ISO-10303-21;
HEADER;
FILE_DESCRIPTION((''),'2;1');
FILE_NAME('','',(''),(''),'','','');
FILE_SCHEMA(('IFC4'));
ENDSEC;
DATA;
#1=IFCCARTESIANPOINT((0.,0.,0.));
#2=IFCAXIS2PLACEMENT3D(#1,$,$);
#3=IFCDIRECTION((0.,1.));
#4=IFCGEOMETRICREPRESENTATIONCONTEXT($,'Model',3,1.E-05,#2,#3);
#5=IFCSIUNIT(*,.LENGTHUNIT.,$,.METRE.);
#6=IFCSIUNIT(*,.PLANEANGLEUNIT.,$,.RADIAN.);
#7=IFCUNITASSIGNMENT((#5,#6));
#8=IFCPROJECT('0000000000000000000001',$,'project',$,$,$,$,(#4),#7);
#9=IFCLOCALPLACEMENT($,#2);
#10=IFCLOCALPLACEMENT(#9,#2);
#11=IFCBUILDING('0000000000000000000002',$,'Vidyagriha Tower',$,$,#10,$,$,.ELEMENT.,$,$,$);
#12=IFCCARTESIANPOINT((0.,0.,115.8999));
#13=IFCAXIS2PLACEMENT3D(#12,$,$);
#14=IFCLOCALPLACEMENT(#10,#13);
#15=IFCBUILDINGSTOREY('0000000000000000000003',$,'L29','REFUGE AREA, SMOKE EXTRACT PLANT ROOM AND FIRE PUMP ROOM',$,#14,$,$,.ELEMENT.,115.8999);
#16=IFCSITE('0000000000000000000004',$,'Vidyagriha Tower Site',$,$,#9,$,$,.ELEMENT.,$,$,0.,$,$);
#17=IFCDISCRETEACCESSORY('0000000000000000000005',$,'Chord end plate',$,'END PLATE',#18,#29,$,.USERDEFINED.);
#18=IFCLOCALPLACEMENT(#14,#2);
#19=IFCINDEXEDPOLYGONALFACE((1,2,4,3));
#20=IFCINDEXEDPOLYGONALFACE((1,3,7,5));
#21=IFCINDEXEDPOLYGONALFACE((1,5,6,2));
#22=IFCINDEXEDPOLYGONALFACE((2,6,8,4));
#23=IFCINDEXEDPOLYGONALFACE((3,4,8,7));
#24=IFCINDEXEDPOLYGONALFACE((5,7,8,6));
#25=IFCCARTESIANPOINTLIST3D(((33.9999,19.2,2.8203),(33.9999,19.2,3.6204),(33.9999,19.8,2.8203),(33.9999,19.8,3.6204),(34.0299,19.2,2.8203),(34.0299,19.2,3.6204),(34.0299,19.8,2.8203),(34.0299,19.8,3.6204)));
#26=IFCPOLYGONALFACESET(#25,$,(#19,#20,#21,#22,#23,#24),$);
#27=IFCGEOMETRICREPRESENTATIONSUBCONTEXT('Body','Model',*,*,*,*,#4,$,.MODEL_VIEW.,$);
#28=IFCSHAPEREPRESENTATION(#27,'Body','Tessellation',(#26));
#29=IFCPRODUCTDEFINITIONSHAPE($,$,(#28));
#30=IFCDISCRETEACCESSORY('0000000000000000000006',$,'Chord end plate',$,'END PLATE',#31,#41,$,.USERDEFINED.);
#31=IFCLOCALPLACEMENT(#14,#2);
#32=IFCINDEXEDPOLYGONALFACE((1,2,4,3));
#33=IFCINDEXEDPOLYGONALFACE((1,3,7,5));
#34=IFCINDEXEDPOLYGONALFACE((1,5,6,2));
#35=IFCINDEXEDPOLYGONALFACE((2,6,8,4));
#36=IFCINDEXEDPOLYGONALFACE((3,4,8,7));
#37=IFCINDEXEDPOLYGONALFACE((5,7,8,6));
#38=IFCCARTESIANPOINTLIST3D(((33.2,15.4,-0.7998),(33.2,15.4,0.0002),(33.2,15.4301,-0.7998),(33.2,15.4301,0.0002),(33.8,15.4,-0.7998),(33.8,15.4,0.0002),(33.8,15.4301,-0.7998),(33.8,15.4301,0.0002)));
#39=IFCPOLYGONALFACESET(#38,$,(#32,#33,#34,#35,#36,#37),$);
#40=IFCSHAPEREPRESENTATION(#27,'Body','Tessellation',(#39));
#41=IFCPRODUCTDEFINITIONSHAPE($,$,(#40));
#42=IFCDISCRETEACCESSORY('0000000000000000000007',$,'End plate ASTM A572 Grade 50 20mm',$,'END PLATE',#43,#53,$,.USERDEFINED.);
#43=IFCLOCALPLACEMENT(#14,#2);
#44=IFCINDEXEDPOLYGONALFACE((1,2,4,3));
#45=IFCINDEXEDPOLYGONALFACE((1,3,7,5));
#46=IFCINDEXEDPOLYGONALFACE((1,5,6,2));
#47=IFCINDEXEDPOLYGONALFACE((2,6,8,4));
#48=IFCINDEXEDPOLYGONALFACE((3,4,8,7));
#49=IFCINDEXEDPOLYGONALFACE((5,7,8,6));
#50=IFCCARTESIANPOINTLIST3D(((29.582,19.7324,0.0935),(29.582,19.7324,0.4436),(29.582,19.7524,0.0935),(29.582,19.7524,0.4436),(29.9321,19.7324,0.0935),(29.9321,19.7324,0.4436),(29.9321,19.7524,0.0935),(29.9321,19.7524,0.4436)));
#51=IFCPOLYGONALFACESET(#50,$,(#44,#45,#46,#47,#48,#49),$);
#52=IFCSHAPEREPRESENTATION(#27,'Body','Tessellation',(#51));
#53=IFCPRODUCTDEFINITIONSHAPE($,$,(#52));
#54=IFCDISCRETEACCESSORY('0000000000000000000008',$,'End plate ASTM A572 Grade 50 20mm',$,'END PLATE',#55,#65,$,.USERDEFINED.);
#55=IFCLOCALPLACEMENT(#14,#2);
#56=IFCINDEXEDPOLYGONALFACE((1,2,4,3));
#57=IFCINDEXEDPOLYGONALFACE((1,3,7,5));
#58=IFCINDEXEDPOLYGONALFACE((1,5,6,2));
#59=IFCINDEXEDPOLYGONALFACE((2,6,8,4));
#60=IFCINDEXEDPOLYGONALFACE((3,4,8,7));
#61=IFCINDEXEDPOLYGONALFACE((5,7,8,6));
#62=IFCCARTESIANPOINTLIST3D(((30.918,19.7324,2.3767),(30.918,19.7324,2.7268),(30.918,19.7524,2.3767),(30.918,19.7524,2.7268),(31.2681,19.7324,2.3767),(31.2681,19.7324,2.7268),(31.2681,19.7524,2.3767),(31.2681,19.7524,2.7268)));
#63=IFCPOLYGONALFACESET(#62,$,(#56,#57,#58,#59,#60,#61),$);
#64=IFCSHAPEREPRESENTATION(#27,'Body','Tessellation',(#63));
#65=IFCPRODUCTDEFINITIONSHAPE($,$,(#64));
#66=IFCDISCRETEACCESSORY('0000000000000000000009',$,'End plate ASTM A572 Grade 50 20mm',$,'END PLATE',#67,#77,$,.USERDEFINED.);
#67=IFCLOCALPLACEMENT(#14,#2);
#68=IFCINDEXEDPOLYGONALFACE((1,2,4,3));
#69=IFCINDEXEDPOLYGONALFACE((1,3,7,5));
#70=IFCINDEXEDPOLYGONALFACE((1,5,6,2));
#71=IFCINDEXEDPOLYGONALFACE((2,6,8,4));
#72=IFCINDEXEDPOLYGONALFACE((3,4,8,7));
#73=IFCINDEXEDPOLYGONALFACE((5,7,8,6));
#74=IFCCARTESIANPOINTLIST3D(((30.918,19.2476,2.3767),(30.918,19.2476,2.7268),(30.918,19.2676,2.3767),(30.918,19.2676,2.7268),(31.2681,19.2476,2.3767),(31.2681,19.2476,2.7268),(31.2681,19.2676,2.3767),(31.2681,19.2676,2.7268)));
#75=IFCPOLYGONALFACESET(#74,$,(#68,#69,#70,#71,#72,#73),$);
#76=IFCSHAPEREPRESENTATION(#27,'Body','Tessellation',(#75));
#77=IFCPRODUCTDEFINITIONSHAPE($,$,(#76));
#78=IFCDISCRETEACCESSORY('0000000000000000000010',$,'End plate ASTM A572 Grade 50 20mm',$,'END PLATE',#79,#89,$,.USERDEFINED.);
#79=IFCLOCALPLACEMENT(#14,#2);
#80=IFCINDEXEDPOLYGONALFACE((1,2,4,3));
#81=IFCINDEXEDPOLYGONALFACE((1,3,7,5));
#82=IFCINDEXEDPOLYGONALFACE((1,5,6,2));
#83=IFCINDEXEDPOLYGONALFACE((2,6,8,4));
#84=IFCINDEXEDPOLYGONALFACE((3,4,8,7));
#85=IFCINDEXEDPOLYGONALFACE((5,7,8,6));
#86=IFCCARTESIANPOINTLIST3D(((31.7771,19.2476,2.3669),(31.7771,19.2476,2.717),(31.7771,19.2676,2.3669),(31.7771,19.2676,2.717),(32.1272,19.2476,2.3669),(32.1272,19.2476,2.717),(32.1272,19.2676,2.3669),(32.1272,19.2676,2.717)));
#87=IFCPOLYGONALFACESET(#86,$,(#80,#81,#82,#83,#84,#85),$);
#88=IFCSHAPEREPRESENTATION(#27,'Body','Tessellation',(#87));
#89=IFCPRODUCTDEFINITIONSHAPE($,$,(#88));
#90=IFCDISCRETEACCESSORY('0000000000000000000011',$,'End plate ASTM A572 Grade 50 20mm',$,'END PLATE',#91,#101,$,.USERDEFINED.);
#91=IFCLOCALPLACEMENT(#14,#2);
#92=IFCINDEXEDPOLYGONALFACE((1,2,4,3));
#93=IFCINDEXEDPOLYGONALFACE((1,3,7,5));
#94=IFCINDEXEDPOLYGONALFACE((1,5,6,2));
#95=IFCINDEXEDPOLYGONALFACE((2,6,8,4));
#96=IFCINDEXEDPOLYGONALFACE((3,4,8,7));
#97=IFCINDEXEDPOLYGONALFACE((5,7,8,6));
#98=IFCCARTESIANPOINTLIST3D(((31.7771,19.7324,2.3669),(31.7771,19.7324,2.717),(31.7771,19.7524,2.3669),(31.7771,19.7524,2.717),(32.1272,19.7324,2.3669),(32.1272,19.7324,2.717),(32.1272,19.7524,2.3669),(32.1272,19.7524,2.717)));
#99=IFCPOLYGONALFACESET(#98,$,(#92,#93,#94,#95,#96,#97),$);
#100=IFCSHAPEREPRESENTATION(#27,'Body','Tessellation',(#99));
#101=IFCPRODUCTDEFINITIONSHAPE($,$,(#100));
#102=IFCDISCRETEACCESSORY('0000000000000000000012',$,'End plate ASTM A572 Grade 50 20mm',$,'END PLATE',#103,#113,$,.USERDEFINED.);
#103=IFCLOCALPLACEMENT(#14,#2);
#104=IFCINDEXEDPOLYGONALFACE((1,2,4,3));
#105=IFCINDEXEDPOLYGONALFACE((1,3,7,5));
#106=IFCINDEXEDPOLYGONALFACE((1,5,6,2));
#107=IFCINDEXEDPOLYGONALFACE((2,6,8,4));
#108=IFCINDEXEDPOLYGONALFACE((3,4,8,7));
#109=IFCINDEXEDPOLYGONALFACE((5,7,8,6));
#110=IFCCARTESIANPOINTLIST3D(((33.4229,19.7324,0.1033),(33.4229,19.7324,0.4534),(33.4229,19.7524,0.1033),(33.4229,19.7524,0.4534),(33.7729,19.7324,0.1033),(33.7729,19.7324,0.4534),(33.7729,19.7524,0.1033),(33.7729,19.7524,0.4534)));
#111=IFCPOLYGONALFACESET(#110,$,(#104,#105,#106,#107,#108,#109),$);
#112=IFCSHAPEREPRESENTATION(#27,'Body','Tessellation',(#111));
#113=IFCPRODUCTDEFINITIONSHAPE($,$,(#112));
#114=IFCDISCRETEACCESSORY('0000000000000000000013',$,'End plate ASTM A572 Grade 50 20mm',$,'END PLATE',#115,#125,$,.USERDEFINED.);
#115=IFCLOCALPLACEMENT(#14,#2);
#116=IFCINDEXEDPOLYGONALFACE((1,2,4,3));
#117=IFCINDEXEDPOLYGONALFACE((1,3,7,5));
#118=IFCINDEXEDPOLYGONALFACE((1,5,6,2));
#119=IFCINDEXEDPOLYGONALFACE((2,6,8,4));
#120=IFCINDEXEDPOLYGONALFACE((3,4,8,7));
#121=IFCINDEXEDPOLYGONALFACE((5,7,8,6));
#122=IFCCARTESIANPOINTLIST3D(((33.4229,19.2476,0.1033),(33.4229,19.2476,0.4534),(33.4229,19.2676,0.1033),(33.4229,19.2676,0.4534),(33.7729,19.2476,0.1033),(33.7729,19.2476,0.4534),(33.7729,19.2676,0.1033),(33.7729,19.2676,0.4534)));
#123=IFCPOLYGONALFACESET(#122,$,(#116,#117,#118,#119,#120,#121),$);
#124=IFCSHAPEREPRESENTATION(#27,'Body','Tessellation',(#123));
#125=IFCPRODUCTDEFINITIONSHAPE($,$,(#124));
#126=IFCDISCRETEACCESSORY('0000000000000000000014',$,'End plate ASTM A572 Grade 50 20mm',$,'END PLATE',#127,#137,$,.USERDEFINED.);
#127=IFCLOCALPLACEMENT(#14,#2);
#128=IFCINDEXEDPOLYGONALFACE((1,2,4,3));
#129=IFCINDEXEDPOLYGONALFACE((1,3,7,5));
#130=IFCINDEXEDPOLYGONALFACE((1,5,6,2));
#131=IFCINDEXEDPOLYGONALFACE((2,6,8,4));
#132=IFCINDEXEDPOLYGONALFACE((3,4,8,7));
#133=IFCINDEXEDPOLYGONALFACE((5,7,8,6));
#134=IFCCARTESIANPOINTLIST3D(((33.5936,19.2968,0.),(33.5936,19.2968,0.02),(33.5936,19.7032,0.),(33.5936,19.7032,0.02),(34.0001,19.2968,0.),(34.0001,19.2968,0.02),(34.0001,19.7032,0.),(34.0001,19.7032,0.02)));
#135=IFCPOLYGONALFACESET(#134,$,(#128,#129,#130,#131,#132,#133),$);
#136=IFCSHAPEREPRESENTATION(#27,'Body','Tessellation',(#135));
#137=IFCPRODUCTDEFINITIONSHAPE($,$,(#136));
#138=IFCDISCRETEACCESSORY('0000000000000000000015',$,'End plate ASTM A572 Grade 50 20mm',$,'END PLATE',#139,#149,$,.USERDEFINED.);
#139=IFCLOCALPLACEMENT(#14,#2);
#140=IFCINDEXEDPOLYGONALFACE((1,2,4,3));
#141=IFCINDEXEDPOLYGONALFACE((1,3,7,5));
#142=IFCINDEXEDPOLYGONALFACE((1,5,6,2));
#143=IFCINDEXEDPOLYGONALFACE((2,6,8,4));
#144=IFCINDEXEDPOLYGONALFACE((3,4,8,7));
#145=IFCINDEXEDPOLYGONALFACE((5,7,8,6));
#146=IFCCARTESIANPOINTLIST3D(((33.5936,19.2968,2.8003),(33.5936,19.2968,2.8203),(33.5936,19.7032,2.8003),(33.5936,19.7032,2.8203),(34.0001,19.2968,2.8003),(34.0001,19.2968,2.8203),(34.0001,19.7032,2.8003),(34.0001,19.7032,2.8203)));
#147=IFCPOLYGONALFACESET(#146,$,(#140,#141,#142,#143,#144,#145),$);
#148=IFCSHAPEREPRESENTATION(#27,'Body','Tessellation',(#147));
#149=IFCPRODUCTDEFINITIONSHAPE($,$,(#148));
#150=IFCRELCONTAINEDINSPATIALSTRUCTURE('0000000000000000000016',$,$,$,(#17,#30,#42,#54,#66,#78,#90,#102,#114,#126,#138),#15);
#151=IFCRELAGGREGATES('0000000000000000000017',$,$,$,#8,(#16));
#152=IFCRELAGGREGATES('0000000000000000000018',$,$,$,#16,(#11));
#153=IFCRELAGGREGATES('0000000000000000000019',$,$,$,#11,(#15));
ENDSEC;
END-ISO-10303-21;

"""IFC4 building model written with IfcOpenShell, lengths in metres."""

from ifc_helpers import new_model, si_unit, direction, frame, origin, origin_2d, place, context, subcontext, project, spatial, rectangle, extrude, element, save


model = new_model("IFC4")

# Units and contexts
model_context = context("Model", 3, precision=1e-05, world=origin(), true_north=direction((0.0, 1.0)))
body_context = subcontext(model_context, "Body", "Model", "MODEL_VIEW")
ifc_project = project(units=[si_unit("LENGTHUNIT", "METRE"), si_unit("PLANEANGLEUNIT", "RADIAN")], contexts=[model_context])

# Site, building, storey
site_placement = place(None, origin())
site = spatial("IfcSite", under=ifc_project, at=site_placement, Name="Vidyagriha Tower Site", CompositionType="ELEMENT", RefElevation=0.0)
building_placement = place(site_placement, origin())
building = spatial("IfcBuilding", under=site, at=building_placement, Name="Vidyagriha Tower", CompositionType="ELEMENT")
storey_placement = place(building_placement, frame((0.0, 0.0, 115.8999)))
storey = spatial("IfcBuildingStorey", under=building, at=storey_placement, Name="L29", Description="REFUGE AREA, SMOKE EXTRACT PLANT ROOM AND FIRE PUMP ROOM", CompositionType="ELEMENT", Elevation=115.8999)

# Discrete accessories
for number, where, name in (
    (1, (34.0149, 19.5, 2.8203), "Chord end plate"),
):
    element("IfcDiscreteAccessory", number, at=place(storey_placement, frame(where)), inside=storey, Name=name, ObjectType="END PLATE", PredefinedType="USERDEFINED", context=body_context, shape_type="SweptSolid", body=[
        extrude(rectangle(XDim=0.03, YDim=0.6001, at=origin_2d()), origin(), (0.0, 0.0, 1.0), 0.8),
    ])
discrete_accessory_1_placement = place(storey_placement, frame((33.5, 15.415, -0.7998), z_axis=(0.0, 0.0, 1.0), x_axis=(0.0, 1.0, 0.0)))
element("IfcDiscreteAccessory", 2, at=discrete_accessory_1_placement, inside=storey, Name="Chord end plate", ObjectType="END PLATE", PredefinedType="USERDEFINED", context=body_context, shape_type="SweptSolid", body=[
    extrude(rectangle(XDim=0.03, YDim=0.6001, at=origin_2d()), origin(), (0.0, 0.0, 1.0), 0.8),
])
discrete_accessory_2_placement = place(storey_placement, frame((29.7571, 19.7424, 0.0935), z_axis=(0.0, 0.0, 1.0), x_axis=(-1.0, 0.0, 0.0)))
element("IfcDiscreteAccessory", 3, at=discrete_accessory_2_placement, inside=storey, Name="End plate ASTM A572 Grade 50 20mm", ObjectType="END PLATE", PredefinedType="USERDEFINED", context=body_context, shape_type="SweptSolid", body=[
    extrude(rectangle(XDim=0.3501, YDim=0.02, at=origin_2d()), origin(), (0.0, 0.0, 1.0), 0.3501),
])
for number, where, name in (
    (4, (31.093, 19.7424, 2.3767), "End plate ASTM A572 Grade 50 20mm"),
    (5, (31.093, 19.2576, 2.3767), "End plate ASTM A572 Grade 50 20mm"),
):
    element("IfcDiscreteAccessory", number, at=place(storey_placement, frame(where)), inside=storey, Name=name, ObjectType="END PLATE", PredefinedType="USERDEFINED", context=body_context, shape_type="SweptSolid", body=[
        extrude(rectangle(XDim=0.3501, YDim=0.02, at=origin_2d()), origin(), (0.0, 0.0, 1.0), 0.3501),
    ])
for number, where, z_axis, x_axis, name in (
    (6, (31.9521, 19.2576, 2.3669), (0.0, 0.0, 1.0), (-1.0, 0.0, 0.0), "End plate ASTM A572 Grade 50 20mm"),
    (7, (31.9521, 19.7424, 2.3669), (0.0, 0.0, 1.0), (-1.0, 0.0, 0.0), "End plate ASTM A572 Grade 50 20mm"),
):
    element("IfcDiscreteAccessory", number, at=place(storey_placement, frame(where, z_axis=z_axis, x_axis=x_axis)), inside=storey, Name=name, ObjectType="END PLATE", PredefinedType="USERDEFINED", context=body_context, shape_type="SweptSolid", body=[
        extrude(rectangle(XDim=0.3501, YDim=0.02, at=origin_2d()), origin(), (0.0, 0.0, 1.0), 0.3501),
    ])
for number, where, name in (
    (8, (33.5979, 19.7424, 0.1033), "End plate ASTM A572 Grade 50 20mm"),
    (9, (33.5979, 19.2576, 0.1033), "End plate ASTM A572 Grade 50 20mm"),
):
    element("IfcDiscreteAccessory", number, at=place(storey_placement, frame(where)), inside=storey, Name=name, ObjectType="END PLATE", PredefinedType="USERDEFINED", context=body_context, shape_type="SweptSolid", body=[
        extrude(rectangle(XDim=0.3501, YDim=0.02, at=origin_2d()), origin(), (0.0, 0.0, 1.0), 0.3501),
    ])
for number, where, name in (
    (10, (33.7969, 19.5, 0.0), "End plate ASTM A572 Grade 50 20mm"),
    (11, (33.7969, 19.5, 2.8003), "End plate ASTM A572 Grade 50 20mm"),
):
    element("IfcDiscreteAccessory", number, at=place(storey_placement, frame(where)), inside=storey, Name=name, ObjectType="END PLATE", PredefinedType="USERDEFINED", context=body_context, shape_type="SweptSolid", body=[
        extrude(rectangle(XDim=0.4065, YDim=0.4065, at=origin_2d()), origin(), (0.0, 0.0, 1.0), 0.02),
    ])

save(model, "model.ifc")
